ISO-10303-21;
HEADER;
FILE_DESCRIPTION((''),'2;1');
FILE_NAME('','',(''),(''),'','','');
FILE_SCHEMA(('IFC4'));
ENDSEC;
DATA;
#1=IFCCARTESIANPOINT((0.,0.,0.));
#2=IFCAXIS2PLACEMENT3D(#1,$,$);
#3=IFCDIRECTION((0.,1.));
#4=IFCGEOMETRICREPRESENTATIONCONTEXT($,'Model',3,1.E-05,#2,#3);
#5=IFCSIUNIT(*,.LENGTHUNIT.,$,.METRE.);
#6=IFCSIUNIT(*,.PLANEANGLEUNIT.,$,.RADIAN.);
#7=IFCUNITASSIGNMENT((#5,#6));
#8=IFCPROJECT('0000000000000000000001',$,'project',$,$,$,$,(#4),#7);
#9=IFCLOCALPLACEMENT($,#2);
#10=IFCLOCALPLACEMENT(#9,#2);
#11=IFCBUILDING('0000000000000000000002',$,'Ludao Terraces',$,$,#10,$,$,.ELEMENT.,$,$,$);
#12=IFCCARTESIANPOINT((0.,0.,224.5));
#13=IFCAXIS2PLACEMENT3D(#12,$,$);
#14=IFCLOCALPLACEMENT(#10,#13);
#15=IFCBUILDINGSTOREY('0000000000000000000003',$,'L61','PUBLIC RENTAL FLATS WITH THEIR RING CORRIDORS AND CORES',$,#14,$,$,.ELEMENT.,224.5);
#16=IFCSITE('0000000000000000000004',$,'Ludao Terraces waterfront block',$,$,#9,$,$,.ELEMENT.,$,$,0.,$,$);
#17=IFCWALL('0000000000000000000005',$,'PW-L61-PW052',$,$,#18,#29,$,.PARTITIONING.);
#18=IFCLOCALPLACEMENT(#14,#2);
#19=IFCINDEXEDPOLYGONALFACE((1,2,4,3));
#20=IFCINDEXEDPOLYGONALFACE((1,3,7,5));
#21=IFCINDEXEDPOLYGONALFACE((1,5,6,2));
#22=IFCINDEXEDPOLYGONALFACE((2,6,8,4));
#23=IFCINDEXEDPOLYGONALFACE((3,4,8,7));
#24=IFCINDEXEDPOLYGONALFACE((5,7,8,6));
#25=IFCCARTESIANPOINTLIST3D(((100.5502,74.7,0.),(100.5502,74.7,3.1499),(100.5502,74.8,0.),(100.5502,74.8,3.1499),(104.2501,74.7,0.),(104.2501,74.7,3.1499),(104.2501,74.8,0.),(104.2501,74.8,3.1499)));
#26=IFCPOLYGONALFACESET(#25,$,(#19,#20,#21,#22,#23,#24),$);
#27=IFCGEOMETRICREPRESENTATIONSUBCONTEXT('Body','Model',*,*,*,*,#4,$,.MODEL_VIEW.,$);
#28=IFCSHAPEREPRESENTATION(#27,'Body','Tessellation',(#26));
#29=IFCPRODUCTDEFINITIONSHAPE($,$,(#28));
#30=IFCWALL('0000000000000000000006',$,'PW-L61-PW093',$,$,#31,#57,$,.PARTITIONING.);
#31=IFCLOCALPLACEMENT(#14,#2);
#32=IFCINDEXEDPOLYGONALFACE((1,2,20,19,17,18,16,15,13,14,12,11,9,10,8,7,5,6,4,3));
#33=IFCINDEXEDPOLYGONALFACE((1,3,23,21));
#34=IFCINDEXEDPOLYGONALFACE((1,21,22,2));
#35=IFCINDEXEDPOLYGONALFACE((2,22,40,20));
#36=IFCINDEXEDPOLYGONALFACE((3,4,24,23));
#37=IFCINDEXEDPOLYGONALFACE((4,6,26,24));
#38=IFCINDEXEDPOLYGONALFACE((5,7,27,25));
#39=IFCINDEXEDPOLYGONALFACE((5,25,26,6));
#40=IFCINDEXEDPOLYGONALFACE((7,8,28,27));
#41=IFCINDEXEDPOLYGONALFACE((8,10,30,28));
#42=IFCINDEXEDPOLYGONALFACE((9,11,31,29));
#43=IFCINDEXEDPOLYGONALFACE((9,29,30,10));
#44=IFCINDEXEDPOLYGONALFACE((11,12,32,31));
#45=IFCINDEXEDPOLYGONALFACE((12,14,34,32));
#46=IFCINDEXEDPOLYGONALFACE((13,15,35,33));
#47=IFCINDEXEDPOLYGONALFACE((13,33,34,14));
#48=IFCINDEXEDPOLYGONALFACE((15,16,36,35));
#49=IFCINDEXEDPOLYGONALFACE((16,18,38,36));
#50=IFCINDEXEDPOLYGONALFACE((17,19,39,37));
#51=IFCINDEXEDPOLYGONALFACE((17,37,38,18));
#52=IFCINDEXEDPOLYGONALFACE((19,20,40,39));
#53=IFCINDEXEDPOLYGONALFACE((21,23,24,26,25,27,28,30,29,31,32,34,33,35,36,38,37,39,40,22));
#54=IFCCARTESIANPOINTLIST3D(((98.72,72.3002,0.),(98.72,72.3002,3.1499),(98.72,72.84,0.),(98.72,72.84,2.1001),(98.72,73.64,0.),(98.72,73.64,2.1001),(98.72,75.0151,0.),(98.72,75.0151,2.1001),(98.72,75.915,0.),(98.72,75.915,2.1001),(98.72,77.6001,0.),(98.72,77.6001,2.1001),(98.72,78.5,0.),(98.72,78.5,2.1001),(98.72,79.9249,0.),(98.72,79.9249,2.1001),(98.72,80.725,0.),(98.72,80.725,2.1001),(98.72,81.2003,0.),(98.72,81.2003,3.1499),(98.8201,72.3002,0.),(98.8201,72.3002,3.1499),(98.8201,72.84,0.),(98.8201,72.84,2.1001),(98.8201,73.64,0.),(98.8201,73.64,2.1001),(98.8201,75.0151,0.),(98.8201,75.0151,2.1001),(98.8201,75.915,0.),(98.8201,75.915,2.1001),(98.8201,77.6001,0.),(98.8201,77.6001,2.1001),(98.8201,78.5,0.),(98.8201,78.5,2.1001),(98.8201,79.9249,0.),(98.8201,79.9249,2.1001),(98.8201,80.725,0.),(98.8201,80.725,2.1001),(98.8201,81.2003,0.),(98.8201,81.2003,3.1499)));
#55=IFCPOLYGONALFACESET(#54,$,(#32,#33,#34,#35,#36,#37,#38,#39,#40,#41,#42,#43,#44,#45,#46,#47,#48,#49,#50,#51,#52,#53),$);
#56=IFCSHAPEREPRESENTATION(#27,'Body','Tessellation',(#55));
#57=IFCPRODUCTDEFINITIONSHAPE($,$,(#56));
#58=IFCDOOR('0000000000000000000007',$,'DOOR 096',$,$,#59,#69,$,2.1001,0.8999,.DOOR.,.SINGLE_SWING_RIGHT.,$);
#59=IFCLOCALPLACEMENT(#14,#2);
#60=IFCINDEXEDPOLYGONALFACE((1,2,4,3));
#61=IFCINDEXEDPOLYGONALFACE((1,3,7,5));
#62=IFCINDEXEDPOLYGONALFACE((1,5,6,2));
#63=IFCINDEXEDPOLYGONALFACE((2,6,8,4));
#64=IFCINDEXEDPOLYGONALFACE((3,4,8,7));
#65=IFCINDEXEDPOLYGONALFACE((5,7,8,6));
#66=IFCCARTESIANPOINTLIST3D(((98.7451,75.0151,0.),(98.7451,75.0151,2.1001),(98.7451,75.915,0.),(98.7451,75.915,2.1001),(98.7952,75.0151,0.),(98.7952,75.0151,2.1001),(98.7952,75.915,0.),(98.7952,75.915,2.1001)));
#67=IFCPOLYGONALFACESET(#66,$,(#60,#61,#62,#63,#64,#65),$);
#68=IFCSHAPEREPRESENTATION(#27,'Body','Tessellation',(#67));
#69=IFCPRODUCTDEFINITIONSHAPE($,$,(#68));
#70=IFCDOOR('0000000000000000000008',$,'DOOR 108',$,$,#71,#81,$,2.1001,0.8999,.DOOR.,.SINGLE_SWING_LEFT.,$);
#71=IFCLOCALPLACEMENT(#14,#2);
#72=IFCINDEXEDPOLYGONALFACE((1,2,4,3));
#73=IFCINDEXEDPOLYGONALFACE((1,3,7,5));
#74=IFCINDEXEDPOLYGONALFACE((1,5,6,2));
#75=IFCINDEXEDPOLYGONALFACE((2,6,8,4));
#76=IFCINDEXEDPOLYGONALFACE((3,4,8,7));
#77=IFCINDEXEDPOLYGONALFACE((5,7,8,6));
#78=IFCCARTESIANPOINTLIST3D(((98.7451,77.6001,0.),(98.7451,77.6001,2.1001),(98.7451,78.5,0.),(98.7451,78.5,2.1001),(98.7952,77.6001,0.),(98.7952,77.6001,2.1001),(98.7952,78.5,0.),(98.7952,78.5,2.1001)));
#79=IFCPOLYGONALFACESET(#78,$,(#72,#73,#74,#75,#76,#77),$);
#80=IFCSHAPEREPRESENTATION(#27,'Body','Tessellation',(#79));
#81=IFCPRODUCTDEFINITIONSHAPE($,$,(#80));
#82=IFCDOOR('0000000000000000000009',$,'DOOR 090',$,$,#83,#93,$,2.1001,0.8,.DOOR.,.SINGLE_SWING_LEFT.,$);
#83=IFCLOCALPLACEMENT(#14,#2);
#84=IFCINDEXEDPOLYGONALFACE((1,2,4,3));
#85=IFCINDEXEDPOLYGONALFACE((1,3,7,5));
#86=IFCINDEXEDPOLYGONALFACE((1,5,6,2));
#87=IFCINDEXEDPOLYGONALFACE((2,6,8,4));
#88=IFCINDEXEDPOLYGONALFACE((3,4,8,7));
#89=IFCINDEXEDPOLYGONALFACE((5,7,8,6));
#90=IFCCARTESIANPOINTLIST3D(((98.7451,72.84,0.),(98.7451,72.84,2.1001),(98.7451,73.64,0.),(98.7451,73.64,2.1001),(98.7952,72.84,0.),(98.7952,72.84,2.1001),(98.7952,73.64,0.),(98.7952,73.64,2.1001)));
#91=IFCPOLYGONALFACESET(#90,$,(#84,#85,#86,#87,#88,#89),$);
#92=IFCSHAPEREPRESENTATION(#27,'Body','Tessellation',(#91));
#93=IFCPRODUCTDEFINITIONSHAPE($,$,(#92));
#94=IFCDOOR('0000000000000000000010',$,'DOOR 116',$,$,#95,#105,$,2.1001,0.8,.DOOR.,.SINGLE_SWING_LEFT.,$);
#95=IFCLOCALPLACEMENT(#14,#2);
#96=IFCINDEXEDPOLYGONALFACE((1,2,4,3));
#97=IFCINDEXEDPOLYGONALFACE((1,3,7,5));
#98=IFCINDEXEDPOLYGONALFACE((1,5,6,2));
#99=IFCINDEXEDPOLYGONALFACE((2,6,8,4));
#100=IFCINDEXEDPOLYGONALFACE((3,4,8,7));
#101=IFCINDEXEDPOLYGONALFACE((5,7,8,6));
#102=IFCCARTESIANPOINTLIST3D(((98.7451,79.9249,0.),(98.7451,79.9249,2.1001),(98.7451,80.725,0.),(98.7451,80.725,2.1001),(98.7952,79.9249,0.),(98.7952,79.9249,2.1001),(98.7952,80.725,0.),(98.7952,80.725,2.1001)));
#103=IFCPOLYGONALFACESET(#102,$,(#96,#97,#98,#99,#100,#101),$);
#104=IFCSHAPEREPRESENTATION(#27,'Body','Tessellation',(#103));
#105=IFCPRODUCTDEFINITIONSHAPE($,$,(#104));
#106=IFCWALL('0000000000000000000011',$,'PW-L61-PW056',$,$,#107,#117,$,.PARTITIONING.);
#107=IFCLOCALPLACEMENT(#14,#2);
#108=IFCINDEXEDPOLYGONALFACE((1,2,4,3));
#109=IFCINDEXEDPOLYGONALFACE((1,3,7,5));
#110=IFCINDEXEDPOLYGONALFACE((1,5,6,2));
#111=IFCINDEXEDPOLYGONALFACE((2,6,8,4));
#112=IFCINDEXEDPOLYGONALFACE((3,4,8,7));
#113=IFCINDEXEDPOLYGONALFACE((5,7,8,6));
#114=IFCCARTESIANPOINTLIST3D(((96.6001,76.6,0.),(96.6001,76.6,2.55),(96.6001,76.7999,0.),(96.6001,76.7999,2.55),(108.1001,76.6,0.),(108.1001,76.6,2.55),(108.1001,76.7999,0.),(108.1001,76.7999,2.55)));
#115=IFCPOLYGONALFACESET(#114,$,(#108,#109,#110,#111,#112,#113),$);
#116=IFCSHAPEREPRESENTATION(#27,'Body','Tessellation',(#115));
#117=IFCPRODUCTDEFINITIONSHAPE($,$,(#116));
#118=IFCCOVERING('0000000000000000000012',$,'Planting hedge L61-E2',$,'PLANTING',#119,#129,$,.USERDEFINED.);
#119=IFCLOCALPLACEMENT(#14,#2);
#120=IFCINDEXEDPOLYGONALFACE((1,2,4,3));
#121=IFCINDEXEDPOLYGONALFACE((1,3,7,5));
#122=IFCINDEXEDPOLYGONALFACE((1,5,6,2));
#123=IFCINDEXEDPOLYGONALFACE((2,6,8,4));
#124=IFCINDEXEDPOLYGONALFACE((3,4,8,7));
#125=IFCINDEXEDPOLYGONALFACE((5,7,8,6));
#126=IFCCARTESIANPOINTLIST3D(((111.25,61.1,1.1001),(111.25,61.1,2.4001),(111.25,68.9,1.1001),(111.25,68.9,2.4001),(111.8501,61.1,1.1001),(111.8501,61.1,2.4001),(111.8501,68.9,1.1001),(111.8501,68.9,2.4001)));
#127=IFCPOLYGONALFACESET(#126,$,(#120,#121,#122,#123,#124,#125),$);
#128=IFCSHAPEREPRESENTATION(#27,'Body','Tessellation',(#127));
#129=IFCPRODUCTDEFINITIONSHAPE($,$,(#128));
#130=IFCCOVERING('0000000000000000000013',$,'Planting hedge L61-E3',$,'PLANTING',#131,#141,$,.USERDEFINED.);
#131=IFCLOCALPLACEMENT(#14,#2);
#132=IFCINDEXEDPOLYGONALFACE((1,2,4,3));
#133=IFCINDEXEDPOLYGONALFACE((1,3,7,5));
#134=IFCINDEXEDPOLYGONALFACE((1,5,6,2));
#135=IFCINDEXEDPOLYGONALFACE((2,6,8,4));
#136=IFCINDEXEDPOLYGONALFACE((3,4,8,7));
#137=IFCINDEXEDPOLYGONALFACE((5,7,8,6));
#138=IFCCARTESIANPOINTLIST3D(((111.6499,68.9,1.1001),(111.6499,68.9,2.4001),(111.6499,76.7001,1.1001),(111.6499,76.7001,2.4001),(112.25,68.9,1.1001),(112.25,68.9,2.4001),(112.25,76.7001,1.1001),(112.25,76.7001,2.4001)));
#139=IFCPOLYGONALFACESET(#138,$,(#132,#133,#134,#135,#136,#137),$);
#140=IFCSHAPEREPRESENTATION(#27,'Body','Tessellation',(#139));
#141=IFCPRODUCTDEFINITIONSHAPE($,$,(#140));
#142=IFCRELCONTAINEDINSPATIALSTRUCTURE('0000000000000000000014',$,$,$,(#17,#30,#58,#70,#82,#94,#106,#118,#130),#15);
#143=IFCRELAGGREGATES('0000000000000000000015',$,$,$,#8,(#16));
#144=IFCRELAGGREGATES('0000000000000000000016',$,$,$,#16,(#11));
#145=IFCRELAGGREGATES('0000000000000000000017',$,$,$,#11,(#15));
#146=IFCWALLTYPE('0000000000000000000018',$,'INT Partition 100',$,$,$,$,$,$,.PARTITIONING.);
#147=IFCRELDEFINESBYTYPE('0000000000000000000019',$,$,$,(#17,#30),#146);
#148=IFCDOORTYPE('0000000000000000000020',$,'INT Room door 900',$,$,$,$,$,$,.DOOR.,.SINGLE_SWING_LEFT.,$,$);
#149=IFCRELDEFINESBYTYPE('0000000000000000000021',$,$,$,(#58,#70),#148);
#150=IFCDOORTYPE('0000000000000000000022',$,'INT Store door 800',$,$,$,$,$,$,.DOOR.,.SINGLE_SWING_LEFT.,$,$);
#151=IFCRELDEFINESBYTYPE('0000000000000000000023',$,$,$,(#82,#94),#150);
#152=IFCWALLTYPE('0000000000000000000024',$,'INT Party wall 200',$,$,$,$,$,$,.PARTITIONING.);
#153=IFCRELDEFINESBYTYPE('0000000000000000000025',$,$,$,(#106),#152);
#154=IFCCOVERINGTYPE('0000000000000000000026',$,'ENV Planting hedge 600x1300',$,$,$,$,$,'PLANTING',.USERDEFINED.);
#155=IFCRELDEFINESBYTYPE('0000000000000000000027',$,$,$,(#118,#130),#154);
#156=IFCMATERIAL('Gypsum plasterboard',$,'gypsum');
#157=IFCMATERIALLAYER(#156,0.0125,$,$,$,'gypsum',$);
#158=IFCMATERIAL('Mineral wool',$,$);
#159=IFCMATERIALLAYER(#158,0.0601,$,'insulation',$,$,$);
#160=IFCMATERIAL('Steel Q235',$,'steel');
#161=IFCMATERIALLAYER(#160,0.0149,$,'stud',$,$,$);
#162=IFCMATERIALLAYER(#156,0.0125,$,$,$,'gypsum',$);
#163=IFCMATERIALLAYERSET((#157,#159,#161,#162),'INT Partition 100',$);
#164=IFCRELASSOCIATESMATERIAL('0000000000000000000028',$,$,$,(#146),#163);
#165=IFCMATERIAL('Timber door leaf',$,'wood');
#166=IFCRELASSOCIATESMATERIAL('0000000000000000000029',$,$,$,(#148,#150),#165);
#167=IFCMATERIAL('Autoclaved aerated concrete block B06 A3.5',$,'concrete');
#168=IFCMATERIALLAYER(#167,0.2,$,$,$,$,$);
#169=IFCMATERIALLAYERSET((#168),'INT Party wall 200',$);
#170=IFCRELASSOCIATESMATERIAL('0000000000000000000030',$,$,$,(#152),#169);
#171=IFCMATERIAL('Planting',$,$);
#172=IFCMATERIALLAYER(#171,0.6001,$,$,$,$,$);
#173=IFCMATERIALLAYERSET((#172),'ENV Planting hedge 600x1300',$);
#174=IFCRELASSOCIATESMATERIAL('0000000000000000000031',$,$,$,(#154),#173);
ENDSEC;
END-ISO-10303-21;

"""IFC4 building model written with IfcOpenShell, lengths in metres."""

from ifc_helpers import new_model, si_unit, direction, frame, frame_2d, origin, origin_2d, place, context, subcontext, project, spatial, rectangle, extrude, material, layer, layer_set, type_object, element, fill, save


model = new_model("IFC4")

# Units and contexts
model_context = context("Model", 3, precision=1e-05, world=origin(), true_north=direction((0.0, 1.0)))
body_context = subcontext(model_context, "Body", "Model", "MODEL_VIEW")
ifc_project = project(units=[si_unit("LENGTHUNIT", "METRE"), si_unit("PLANEANGLEUNIT", "RADIAN")], contexts=[model_context])

# Site, building, storey
site_placement = place(None, origin())
site = spatial("IfcSite", under=ifc_project, at=site_placement, Name="Ludao Terraces waterfront block", CompositionType="ELEMENT", RefElevation=0.0)
building_placement = place(site_placement, origin())
building = spatial("IfcBuilding", under=site, at=building_placement, Name="Ludao Terraces", CompositionType="ELEMENT")
storey_placement = place(building_placement, frame((0.0, 0.0, 224.5)))
storey = spatial("IfcBuildingStorey", under=building, at=storey_placement, Name="L61", Description="PUBLIC RENTAL FLATS WITH THEIR RING CORRIDORS AND CORES", CompositionType="ELEMENT", Elevation=224.5)

# Shared definitions
ifc_material_1 = material(Name="Mineral wool")

# Wall
ifc_material_2 = material(Name="Gypsum plasterboard", Category="gypsum")
ifc_layer_1 = layer(ifc_material_2, 0.0125, Category="gypsum")
ifc_layer_2 = layer(ifc_material_1, 0.0601, Name="insulation")
ifc_material_3 = material(Name="Steel Q235", Category="steel")
ifc_layer_3 = layer(ifc_material_3, 0.0149, Name="stud")
ifc_layer_4 = layer(ifc_material_2, 0.0125, Category="gypsum")
ifc_layer_set_1 = layer_set([ifc_layer_1, ifc_layer_2, ifc_layer_3, ifc_layer_4], Name="INT Partition 100")
wall_type_1 = type_object("IfcWallType", Name="INT Partition 100", PredefinedType="PARTITIONING", material=ifc_layer_set_1)
wall_1_placement = place(storey_placement, frame((100.55, 74.75, 0.0), z_axis=(0.0, 0.0, 1.0), x_axis=(1.0, 0.0, 0.0)))
element("IfcWall", 1, at=wall_1_placement, inside=storey, type_object=wall_type_1, Name="PW-L61-PW052", PredefinedType="PARTITIONING", context=body_context, shape_type="SweptSolid", body=[
    extrude(rectangle(XDim=3.7, YDim=0.1001, at=frame_2d((1.8501, 0.0))), origin(), (0.0, 0.0, 1.0), 3.1499),
])

# Wall, openings, doors
wall_2_placement = place(storey_placement, frame((98.77, 72.3, 0.0), z_axis=(0.0, 0.0, 1.0), x_axis=(0.0, 1.0, 0.0)))
wall_2 = element("IfcWall", 2, at=wall_2_placement, inside=storey, type_object=wall_type_1, Name="PW-L61-PW093", PredefinedType="PARTITIONING", context=body_context, shape_type="SweptSolid", body=[
    extrude(rectangle(XDim=8.9001, YDim=0.1001, at=frame_2d((4.4502, 0.0))), origin(), (0.0, 0.0, 1.0), 3.1499),
])
opening_1_placement = place(wall_2_placement, frame((0.54, 0.0, 0.0)))
opening_1 = element("IfcOpeningElement", 3, at=opening_1_placement, cuts=wall_2, PredefinedType="OPENING", context=body_context, shape_type="SweptSolid", body=[
    extrude(rectangle(XDim=0.8, YDim=2.1001, at=frame_2d((0.3999, 1.05))), frame((0.0, 0.0601, 0.0), z_axis=(0.0, -1.0, 0.0), x_axis=(1.0, 0.0, 0.0)), (0.0, 0.0, 1.0), 0.1201),
])
opening_2_placement = place(wall_2_placement, frame((2.7151, 0.0, 0.0)))
opening_2 = element("IfcOpeningElement", 4, at=opening_2_placement, cuts=wall_2, PredefinedType="OPENING", context=body_context, shape_type="SweptSolid", body=[
    extrude(rectangle(XDim=0.8999, YDim=2.1001, at=frame_2d((0.45, 1.05))), frame((0.0, 0.0601, 0.0), z_axis=(0.0, -1.0, 0.0), x_axis=(1.0, 0.0, 0.0)), (0.0, 0.0, 1.0), 0.1201),
])
opening_3_placement = place(wall_2_placement, frame((5.3, 0.0, 0.0)))
opening_3 = element("IfcOpeningElement", 5, at=opening_3_placement, cuts=wall_2, PredefinedType="OPENING", context=body_context, shape_type="SweptSolid", body=[
    extrude(rectangle(XDim=0.8999, YDim=2.1001, at=frame_2d((0.45, 1.05))), frame((0.0, 0.0601, 0.0), z_axis=(0.0, -1.0, 0.0), x_axis=(1.0, 0.0, 0.0)), (0.0, 0.0, 1.0), 0.1201),
])
opening_4_placement = place(wall_2_placement, frame((7.625, 0.0, 0.0)))
opening_4 = element("IfcOpeningElement", 6, at=opening_4_placement, cuts=wall_2, PredefinedType="OPENING", context=body_context, shape_type="SweptSolid", body=[
    extrude(rectangle(XDim=0.8, YDim=2.1001, at=frame_2d((0.3999, 1.05))), frame((0.0, 0.0601, 0.0), z_axis=(0.0, -1.0, 0.0), x_axis=(1.0, 0.0, 0.0)), (0.0, 0.0, 1.0), 0.1201),
])
ifc_material_4 = material(Name="Timber door leaf", Category="wood")
door_type_1 = type_object("IfcDoorType", Name="INT Room door 900", OperationType="SINGLE_SWING_LEFT", PredefinedType="DOOR", material=ifc_material_4)
door_1_placement = place(opening_2_placement, origin())
door_1 = element("IfcDoor", 7, at=door_1_placement, inside=storey, type_object=door_type_1, Name="DOOR 096", OperationType="SINGLE_SWING_RIGHT", OverallHeight=2.1001, OverallWidth=0.8999, PredefinedType="DOOR", context=body_context, shape_type="SweptSolid", body=[
    extrude(rectangle(XDim=0.8999, YDim=2.1001, at=frame_2d((0.45, 1.05))), frame((0.0, 0.0249, 0.0), z_axis=(0.0, -1.0, 0.0), x_axis=(1.0, 0.0, 0.0)), (0.0, 0.0, 1.0), 0.05),
])
fill(opening_2, door_1)
door_2_placement = place(opening_3_placement, origin())
door_2 = element("IfcDoor", 8, at=door_2_placement, inside=storey, type_object=door_type_1, Name="DOOR 108", OperationType="SINGLE_SWING_LEFT", OverallHeight=2.1001, OverallWidth=0.8999, PredefinedType="DOOR", context=body_context, shape_type="SweptSolid", body=[
    extrude(rectangle(XDim=0.8999, YDim=2.1001, at=frame_2d((0.45, 1.05))), frame((0.0, 0.0249, 0.0), z_axis=(0.0, -1.0, 0.0), x_axis=(1.0, 0.0, 0.0)), (0.0, 0.0, 1.0), 0.05),
])
fill(opening_3, door_2)
door_type_2 = type_object("IfcDoorType", Name="INT Store door 800", OperationType="SINGLE_SWING_LEFT", PredefinedType="DOOR", material=ifc_material_4)
door_3_placement = place(opening_1_placement, origin())
door_3 = element("IfcDoor", 9, at=door_3_placement, inside=storey, type_object=door_type_2, Name="DOOR 090", OperationType="SINGLE_SWING_LEFT", OverallHeight=2.1001, OverallWidth=0.8, PredefinedType="DOOR", context=body_context, shape_type="SweptSolid", body=[
    extrude(rectangle(XDim=0.8, YDim=2.1001, at=frame_2d((0.3999, 1.05))), frame((0.0, 0.0249, 0.0), z_axis=(0.0, -1.0, 0.0), x_axis=(1.0, 0.0, 0.0)), (0.0, 0.0, 1.0), 0.05),
])
fill(opening_1, door_3)
door_4_placement = place(opening_4_placement, origin())
door_4 = element("IfcDoor", 10, at=door_4_placement, inside=storey, type_object=door_type_2, Name="DOOR 116", OperationType="SINGLE_SWING_LEFT", OverallHeight=2.1001, OverallWidth=0.8, PredefinedType="DOOR", context=body_context, shape_type="SweptSolid", body=[
    extrude(rectangle(XDim=0.8, YDim=2.1001, at=frame_2d((0.3999, 1.05))), frame((0.0, 0.0249, 0.0), z_axis=(0.0, -1.0, 0.0), x_axis=(1.0, 0.0, 0.0)), (0.0, 0.0, 1.0), 0.05),
])
fill(opening_4, door_4)

# Wall
ifc_material_5 = material(Name="Autoclaved aerated concrete block B06 A3.5", Category="concrete")
ifc_layer_5 = layer(ifc_material_5, 0.2)
ifc_layer_set_2 = layer_set([ifc_layer_5], Name="INT Party wall 200")
wall_type_2 = type_object("IfcWallType", Name="INT Party wall 200", PredefinedType="PARTITIONING", material=ifc_layer_set_2)
wall_3_placement = place(storey_placement, frame((96.6001, 76.7, 0.0), z_axis=(0.0, 0.0, 1.0), x_axis=(1.0, 0.0, 0.0)))
element("IfcWall", 11, at=wall_3_placement, inside=storey, type_object=wall_type_2, Name="PW-L61-PW056", PredefinedType="PARTITIONING", context=body_context, shape_type="SweptSolid", body=[
    extrude(rectangle(XDim=11.5, YDim=0.2, at=frame_2d((5.75, 0.0))), origin(), (0.0, 0.0, 1.0), 2.55),
])

# Coverings
ifc_material_6 = material(Name="Planting")
ifc_layer_6 = layer(ifc_material_6, 0.6001)
ifc_layer_set_3 = layer_set([ifc_layer_6], Name="ENV Planting hedge 600x1300")
covering_type = type_object("IfcCoveringType", Name="ENV Planting hedge 600x1300", ElementType="PLANTING", PredefinedType="USERDEFINED", material=ifc_layer_set_3)
for number, where, z_axis, x_axis, name in (
    (12, (111.55, 65.0, 1.1001), (0.0, 0.0, 1.0), (1.0, 0.0, 0.0), "Planting hedge L61-E2"),
    (13, (111.95, 72.8, 1.1001), (0.0, 0.0, 1.0), (1.0, 0.0, 0.0), "Planting hedge L61-E3"),
):
    element("IfcCovering", number, at=place(storey_placement, frame(where, z_axis=z_axis, x_axis=x_axis)), inside=storey, type_object=covering_type, Name=name, ObjectType="PLANTING", PredefinedType="USERDEFINED", context=body_context, shape_type="SweptSolid", body=[
        extrude(rectangle(XDim=0.6001, YDim=7.8, at=origin_2d()), origin(), (0.0, 0.0, 1.0), 1.3),
    ])

save(model, "model.ifc")
